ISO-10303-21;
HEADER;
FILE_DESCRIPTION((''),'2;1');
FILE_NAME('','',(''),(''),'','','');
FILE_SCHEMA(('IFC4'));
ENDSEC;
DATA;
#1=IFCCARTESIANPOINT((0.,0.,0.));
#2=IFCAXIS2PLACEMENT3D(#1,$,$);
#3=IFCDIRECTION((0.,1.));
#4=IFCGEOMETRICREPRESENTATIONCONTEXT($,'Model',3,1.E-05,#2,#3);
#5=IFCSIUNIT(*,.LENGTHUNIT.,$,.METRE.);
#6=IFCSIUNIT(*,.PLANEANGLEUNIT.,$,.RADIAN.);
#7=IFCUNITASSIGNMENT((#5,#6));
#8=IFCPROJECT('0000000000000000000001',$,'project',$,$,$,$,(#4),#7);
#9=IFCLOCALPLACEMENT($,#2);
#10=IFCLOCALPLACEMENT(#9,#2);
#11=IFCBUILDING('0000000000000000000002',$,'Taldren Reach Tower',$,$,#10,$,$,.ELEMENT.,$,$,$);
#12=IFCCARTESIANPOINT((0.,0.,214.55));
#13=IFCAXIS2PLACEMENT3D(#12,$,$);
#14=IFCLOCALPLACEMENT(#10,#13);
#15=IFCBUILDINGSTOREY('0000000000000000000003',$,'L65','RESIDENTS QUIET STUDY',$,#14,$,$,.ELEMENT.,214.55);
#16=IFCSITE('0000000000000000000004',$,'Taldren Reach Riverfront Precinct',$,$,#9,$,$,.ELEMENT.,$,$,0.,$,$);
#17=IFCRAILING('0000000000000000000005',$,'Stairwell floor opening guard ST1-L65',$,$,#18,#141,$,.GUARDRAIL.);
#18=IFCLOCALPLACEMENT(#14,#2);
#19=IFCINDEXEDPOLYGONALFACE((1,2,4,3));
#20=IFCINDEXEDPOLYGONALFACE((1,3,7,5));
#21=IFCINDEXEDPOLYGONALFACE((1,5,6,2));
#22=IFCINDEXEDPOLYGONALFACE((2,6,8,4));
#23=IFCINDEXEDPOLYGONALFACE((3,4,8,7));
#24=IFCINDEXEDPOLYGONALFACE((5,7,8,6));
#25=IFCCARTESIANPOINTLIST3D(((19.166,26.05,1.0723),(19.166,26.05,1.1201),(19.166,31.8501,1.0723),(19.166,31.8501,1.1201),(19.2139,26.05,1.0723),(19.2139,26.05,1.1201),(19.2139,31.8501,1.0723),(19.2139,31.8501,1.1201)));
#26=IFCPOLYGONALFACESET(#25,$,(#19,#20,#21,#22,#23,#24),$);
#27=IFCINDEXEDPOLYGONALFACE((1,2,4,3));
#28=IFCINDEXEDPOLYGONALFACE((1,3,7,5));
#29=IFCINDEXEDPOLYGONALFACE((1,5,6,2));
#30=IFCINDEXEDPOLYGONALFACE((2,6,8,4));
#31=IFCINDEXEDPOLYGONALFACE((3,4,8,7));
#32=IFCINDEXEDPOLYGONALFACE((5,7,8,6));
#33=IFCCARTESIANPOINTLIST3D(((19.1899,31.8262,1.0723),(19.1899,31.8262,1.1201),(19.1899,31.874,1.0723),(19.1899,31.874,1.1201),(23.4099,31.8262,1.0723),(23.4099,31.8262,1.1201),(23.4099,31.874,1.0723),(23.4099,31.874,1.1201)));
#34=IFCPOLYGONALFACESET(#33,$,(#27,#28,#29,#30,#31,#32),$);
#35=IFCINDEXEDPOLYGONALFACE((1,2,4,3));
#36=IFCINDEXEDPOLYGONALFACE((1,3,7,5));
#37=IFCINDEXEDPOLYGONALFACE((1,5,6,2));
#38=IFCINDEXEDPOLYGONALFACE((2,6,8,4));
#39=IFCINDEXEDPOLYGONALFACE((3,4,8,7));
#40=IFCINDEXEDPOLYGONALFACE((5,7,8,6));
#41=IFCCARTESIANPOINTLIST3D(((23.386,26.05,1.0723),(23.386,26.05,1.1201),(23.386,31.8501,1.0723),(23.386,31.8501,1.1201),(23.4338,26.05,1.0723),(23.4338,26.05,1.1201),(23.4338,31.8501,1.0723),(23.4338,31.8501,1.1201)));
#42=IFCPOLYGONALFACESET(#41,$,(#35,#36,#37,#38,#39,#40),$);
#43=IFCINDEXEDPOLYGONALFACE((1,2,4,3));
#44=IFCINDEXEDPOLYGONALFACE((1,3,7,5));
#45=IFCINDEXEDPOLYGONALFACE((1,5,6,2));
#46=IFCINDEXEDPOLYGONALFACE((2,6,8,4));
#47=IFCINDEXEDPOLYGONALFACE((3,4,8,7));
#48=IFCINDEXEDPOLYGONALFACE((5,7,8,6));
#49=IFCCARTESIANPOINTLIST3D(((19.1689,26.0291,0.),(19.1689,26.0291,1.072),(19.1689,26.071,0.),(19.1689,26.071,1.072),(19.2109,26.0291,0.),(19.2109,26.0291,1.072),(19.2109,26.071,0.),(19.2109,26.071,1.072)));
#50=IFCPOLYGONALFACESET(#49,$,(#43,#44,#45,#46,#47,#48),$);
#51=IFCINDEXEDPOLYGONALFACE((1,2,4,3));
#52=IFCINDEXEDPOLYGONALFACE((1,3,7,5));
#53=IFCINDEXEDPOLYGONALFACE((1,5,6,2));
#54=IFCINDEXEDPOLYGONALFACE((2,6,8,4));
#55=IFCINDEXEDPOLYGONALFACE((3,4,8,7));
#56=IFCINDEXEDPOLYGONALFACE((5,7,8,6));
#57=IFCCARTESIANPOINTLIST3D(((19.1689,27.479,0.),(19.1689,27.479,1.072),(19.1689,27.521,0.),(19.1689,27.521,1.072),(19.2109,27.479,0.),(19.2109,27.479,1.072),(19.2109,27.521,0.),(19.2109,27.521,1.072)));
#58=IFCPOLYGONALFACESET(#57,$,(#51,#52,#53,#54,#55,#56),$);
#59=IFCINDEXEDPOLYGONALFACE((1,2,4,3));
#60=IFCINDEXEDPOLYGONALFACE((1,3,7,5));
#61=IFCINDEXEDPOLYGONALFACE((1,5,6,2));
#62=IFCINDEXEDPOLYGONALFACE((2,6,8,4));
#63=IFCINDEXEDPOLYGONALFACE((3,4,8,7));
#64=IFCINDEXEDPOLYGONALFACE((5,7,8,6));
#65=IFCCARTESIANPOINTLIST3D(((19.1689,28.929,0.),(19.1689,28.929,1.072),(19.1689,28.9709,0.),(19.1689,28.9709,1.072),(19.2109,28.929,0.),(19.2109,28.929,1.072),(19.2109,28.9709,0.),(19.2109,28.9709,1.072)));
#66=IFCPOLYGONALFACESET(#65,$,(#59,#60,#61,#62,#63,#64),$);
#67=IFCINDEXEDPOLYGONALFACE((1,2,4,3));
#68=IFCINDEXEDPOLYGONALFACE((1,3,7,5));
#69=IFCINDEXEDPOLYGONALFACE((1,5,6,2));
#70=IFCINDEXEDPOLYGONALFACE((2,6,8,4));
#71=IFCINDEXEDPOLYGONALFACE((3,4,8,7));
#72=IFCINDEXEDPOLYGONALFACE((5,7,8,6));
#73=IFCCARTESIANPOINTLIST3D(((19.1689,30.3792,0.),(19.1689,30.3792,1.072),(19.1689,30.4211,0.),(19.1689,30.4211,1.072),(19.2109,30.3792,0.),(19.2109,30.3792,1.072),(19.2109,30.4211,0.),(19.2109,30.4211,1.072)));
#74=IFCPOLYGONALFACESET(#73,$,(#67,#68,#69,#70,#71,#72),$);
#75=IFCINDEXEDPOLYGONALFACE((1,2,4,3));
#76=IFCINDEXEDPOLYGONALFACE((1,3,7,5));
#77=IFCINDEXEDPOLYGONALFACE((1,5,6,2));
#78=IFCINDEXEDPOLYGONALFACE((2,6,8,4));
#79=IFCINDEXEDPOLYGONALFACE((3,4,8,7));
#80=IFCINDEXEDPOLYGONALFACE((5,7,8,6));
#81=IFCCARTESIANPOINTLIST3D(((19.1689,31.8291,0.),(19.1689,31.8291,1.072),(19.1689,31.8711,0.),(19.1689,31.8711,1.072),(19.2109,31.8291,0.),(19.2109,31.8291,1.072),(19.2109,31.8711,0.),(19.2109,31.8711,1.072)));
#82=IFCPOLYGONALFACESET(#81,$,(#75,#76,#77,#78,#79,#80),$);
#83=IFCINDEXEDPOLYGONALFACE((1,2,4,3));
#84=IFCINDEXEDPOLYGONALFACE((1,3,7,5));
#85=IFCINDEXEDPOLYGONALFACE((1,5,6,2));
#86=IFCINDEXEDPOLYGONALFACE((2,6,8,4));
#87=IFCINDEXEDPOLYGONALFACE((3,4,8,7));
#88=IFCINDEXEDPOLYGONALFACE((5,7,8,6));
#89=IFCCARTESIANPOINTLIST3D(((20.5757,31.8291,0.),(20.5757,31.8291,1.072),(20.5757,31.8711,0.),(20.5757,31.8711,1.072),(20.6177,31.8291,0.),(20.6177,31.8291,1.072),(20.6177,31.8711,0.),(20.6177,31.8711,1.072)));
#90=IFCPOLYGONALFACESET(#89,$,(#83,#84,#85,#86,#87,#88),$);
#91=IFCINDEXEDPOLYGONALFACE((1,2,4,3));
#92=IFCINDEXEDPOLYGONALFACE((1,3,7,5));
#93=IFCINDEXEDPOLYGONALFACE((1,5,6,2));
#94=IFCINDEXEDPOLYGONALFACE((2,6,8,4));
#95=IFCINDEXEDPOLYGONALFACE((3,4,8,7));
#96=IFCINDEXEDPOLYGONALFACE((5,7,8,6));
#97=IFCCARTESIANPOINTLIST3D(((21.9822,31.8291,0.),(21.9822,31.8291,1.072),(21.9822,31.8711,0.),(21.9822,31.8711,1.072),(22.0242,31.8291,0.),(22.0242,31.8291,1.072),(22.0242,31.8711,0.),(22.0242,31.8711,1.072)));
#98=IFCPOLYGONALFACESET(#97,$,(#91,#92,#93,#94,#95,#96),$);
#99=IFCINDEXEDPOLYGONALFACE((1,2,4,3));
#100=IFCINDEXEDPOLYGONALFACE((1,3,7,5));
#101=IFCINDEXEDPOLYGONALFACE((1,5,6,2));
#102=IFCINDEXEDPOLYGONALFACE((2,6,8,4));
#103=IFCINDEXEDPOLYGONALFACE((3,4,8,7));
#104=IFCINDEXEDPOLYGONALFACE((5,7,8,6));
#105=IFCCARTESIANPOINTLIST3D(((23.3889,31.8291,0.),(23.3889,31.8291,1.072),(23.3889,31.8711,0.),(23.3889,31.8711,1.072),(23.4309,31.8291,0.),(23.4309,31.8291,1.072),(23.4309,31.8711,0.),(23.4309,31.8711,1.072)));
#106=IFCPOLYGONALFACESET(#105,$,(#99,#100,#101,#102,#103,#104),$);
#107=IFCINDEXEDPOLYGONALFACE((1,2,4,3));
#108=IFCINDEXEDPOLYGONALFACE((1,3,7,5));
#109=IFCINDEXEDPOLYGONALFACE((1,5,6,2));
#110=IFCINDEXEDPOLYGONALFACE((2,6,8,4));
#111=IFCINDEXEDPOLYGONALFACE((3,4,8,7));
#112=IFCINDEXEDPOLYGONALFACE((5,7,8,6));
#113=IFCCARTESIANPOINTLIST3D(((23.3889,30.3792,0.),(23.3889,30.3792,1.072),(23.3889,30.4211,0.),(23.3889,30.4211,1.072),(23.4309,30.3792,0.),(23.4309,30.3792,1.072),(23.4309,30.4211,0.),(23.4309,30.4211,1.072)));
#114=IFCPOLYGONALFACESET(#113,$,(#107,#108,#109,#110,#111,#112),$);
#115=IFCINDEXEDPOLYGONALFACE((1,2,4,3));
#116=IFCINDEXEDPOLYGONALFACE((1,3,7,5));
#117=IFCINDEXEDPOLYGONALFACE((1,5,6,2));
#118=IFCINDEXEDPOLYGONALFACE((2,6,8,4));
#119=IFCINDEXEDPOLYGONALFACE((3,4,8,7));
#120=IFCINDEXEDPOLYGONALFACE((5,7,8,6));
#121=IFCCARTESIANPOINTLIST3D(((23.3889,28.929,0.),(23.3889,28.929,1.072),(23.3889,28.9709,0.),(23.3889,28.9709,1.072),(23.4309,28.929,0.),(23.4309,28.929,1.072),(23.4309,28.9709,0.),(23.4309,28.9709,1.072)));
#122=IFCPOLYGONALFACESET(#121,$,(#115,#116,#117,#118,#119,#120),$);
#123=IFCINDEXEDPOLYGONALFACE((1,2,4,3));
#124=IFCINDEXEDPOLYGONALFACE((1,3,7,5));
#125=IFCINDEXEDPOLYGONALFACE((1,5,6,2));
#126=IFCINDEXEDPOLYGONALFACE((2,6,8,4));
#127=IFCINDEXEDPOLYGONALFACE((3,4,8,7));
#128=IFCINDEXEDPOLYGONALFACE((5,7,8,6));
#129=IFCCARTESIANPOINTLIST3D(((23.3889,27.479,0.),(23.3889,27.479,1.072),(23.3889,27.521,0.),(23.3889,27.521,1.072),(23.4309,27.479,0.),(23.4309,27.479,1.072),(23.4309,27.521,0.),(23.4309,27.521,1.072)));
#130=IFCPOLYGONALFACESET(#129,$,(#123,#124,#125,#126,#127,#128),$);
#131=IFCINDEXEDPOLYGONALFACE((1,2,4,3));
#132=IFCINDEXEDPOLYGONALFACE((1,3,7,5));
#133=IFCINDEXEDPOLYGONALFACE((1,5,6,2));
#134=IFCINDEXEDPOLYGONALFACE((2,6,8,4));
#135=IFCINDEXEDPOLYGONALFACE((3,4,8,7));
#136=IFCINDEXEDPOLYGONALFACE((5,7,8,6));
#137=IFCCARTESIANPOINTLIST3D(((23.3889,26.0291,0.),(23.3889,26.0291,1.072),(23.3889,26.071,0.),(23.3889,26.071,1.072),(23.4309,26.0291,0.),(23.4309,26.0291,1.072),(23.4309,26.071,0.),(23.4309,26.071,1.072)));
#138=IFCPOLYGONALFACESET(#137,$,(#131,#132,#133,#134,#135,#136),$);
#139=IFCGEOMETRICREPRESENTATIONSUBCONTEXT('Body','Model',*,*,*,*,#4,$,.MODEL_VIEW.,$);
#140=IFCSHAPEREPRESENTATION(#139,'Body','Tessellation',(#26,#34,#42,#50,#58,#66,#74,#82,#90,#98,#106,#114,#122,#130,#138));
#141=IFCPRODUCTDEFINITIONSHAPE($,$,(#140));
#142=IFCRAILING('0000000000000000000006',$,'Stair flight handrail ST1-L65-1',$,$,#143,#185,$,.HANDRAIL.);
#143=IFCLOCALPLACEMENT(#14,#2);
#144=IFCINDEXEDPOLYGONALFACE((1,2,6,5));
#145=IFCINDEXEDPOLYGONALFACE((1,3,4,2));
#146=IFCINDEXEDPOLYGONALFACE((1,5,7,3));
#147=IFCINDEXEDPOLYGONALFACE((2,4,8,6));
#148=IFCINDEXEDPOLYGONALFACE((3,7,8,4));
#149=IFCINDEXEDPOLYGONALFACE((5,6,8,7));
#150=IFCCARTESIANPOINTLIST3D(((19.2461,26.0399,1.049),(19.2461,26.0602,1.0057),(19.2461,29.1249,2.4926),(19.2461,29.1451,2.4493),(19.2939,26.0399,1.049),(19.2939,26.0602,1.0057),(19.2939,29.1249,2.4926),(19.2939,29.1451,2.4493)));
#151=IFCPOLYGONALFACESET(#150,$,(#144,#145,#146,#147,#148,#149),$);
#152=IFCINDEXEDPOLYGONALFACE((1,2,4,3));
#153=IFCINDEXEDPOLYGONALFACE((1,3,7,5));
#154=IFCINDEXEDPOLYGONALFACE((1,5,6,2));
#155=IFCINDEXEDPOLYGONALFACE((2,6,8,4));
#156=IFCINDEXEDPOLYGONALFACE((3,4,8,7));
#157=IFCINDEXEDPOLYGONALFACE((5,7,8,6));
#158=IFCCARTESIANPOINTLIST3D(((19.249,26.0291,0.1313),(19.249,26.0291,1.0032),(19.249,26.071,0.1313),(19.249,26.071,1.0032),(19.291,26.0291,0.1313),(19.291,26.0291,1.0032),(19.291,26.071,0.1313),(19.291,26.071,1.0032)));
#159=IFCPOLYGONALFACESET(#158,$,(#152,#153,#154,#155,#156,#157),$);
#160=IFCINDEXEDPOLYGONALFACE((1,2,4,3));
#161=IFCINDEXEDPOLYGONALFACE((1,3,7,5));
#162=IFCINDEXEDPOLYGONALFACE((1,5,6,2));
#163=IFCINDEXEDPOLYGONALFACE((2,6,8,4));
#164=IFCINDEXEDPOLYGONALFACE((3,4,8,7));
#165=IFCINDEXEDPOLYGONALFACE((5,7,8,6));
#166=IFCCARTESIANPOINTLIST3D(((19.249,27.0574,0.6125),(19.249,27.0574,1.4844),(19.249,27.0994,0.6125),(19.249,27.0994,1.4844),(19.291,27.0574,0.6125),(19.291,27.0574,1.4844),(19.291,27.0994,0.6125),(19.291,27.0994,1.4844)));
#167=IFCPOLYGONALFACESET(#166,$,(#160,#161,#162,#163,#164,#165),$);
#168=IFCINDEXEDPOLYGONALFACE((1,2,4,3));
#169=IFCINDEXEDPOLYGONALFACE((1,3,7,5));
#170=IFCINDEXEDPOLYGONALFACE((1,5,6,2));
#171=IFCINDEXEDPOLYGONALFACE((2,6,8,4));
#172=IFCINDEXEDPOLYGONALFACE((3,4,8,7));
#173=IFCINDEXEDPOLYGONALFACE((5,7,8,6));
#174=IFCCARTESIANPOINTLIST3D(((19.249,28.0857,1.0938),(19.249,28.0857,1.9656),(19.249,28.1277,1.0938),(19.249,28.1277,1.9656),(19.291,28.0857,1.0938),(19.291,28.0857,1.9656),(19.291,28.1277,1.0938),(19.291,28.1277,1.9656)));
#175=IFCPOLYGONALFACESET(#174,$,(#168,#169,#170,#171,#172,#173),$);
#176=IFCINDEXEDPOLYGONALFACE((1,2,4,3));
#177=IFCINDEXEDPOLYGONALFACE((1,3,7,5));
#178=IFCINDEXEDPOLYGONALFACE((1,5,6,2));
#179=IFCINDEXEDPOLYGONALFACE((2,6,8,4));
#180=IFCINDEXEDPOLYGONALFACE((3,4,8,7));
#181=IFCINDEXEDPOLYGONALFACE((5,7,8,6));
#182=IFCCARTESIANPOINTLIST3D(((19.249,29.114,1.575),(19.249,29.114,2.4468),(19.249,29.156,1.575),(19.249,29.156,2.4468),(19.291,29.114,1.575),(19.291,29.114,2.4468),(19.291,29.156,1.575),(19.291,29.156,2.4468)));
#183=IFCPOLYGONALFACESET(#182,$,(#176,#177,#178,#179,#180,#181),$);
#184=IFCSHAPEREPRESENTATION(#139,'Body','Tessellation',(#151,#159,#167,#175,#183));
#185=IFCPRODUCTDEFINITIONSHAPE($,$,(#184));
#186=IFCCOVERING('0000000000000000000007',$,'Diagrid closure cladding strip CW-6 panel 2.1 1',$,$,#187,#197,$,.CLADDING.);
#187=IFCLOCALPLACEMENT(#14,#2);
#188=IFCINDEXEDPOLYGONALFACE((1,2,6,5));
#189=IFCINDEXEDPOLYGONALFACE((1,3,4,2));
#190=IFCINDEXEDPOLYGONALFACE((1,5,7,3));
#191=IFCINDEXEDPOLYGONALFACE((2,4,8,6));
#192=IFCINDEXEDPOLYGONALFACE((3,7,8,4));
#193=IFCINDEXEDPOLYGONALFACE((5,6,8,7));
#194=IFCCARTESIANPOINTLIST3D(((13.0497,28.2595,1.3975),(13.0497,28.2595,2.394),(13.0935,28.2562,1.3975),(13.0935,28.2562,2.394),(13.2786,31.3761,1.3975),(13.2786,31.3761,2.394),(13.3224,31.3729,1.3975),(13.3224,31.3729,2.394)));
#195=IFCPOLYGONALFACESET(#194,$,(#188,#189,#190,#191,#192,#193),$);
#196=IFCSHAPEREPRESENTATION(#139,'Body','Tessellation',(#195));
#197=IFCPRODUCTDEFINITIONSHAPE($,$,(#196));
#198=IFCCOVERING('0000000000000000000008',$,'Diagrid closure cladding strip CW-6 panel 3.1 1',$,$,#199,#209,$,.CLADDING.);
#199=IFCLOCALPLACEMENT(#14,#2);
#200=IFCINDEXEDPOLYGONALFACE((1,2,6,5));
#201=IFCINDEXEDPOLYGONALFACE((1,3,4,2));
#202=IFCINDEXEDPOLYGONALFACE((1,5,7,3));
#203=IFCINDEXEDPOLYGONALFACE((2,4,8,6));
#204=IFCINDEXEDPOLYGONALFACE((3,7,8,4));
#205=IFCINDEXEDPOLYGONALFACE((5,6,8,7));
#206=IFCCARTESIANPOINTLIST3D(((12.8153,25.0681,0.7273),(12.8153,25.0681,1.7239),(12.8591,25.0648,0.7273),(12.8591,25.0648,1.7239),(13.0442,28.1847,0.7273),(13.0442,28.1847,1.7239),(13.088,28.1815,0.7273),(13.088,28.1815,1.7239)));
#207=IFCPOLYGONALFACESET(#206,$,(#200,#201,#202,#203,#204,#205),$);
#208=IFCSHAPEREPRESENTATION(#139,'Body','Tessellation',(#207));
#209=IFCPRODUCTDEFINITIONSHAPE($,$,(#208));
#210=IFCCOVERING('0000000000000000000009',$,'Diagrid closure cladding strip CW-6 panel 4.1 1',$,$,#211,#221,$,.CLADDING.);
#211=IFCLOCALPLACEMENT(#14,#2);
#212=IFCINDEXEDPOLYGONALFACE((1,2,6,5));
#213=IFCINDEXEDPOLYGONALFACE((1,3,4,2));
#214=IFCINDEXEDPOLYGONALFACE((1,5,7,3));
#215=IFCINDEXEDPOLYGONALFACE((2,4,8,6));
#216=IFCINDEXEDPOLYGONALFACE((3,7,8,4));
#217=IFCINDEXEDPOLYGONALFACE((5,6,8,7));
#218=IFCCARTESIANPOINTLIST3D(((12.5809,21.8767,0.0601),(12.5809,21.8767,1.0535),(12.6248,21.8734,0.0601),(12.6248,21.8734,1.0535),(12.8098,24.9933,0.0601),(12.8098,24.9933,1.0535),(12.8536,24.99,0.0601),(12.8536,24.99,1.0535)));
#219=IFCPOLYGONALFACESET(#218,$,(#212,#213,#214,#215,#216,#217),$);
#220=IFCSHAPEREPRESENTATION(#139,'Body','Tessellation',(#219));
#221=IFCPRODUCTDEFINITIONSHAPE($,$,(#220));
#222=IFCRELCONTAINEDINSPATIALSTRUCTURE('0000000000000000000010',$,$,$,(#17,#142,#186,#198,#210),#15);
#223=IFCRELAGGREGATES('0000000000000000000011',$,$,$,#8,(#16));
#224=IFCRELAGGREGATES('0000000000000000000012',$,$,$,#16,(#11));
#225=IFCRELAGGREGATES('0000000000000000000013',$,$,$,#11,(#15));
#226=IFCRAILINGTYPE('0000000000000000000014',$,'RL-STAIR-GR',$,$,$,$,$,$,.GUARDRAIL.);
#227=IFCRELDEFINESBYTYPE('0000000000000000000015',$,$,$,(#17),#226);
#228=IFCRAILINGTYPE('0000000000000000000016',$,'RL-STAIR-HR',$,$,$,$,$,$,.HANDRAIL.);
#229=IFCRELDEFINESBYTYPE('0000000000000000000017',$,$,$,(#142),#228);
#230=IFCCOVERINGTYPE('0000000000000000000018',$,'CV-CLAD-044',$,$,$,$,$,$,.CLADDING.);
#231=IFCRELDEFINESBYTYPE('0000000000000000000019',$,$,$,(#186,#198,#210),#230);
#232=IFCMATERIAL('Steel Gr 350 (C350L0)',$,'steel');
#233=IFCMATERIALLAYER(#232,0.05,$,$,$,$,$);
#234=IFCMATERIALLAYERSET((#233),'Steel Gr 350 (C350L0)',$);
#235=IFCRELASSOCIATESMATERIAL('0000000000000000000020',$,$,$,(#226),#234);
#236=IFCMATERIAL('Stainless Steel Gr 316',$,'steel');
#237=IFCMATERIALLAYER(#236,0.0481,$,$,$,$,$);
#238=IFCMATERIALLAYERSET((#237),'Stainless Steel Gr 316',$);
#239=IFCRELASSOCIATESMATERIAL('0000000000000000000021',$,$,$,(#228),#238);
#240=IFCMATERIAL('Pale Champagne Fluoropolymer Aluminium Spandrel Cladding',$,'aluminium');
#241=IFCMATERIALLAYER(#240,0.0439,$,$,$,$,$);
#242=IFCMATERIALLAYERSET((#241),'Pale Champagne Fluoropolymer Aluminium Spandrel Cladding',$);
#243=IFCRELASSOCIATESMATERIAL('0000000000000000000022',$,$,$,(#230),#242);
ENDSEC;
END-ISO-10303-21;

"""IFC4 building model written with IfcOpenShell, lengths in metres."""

from ifc_helpers import new_model, si_unit, direction, frame, origin, origin_2d, place, context, subcontext, project, spatial, rectangle, extrude, source, transform, mapped, material, layer, layer_set, type_object, element, save


model = new_model("IFC4")

# Units and contexts
model_context = context("Model", 3, precision=1e-05, world=origin(), true_north=direction((0.0, 1.0)))
body_context = subcontext(model_context, "Body", "Model", "MODEL_VIEW")
ifc_project = project(units=[si_unit("LENGTHUNIT", "METRE"), si_unit("PLANEANGLEUNIT", "RADIAN")], contexts=[model_context])

# Site, building, storey
site_placement = place(None, origin())
site = spatial("IfcSite", under=ifc_project, at=site_placement, Name="Taldren Reach Riverfront Precinct", CompositionType="ELEMENT", RefElevation=0.0)
building_placement = place(site_placement, origin())
building = spatial("IfcBuilding", under=site, at=building_placement, Name="Taldren Reach Tower", CompositionType="ELEMENT")
storey_placement = place(building_placement, frame((0.0, 0.0, 214.55)))
storey = spatial("IfcBuildingStorey", under=building, at=storey_placement, Name="L65", Description="RESIDENTS QUIET STUDY", CompositionType="ELEMENT", Elevation=214.55)

# Shared definitions
ifc_material_1 = material(Name="Steel Gr 350 (C350L0)", Category="steel")

# Railings
ifc_layer_1 = layer(ifc_material_1, 0.05)
ifc_layer_set_1 = layer_set([ifc_layer_1], Name="Steel Gr 350 (C350L0)")
railing_type_1 = type_object("IfcRailingType", Name="RL-STAIR-GR", PredefinedType="GUARDRAIL", material=ifc_layer_set_1)
railing_1_placement = place(storey_placement, frame((19.1899, 26.05, 0.0)))
element("IfcRailing", 1, at=railing_1_placement, inside=storey, type_object=railing_type_1, Name="Stairwell floor opening guard ST1-L65", PredefinedType="GUARDRAIL", context=body_context, shape_type="SweptSolid", body=[
    extrude(rectangle(XDim=0.0479, YDim=0.0479, at=origin_2d()), frame((0.0, 0.0, 1.0962), z_axis=(0.0, 1.0, 0.0), x_axis=(-1.0, 0.0, 0.0)), (0.0, 0.0, 1.0), 5.8),
    extrude(rectangle(XDim=0.0479, YDim=0.0479, at=origin_2d()), frame((0.0, 5.8, 1.0962), z_axis=(1.0, 0.0, 0.0), x_axis=(0.0, 1.0, 0.0)), (0.0, 0.0, 1.0), 4.22),
    extrude(rectangle(XDim=0.0479, YDim=0.0479, at=origin_2d()), frame((4.22, 5.8, 1.0962), z_axis=(0.0, -1.0, 0.0), x_axis=(1.0, 0.0, 0.0)), (0.0, 0.0, 1.0), 5.8),
    extrude(rectangle(XDim=0.042, YDim=0.042, at=origin_2d()), origin(), (0.0, 0.0, 1.0), 1.072),
    extrude(rectangle(XDim=0.042, YDim=0.042, at=origin_2d()), frame((0.0, 1.45, 0.0)), (0.0, 0.0, 1.0), 1.072),
    extrude(rectangle(XDim=0.042, YDim=0.042, at=origin_2d()), frame((0.0, 2.8999, 0.0)), (0.0, 0.0, 1.0), 1.072),
    extrude(rectangle(XDim=0.042, YDim=0.042, at=origin_2d()), frame((0.0, 4.3501, 0.0)), (0.0, 0.0, 1.0), 1.072),
    extrude(rectangle(XDim=0.042, YDim=0.042, at=origin_2d()), frame((0.0, 5.8, 0.0)), (0.0, 0.0, 1.0), 1.072),
    extrude(rectangle(XDim=0.042, YDim=0.042, at=origin_2d()), frame((1.4067, 5.8, 0.0)), (0.0, 0.0, 1.0), 1.072),
    extrude(rectangle(XDim=0.042, YDim=0.042, at=origin_2d()), frame((2.8132, 5.8, 0.0)), (0.0, 0.0, 1.0), 1.072),
    extrude(rectangle(XDim=0.042, YDim=0.042, at=origin_2d()), frame((4.22, 5.8, 0.0)), (0.0, 0.0, 1.0), 1.072),
    extrude(rectangle(XDim=0.042, YDim=0.042, at=origin_2d()), frame((4.22, 4.3501, 0.0)), (0.0, 0.0, 1.0), 1.072),
    extrude(rectangle(XDim=0.042, YDim=0.042, at=origin_2d()), frame((4.22, 2.8999, 0.0)), (0.0, 0.0, 1.0), 1.072),
    extrude(rectangle(XDim=0.042, YDim=0.042, at=origin_2d()), frame((4.22, 1.45, 0.0)), (0.0, 0.0, 1.0), 1.072),
    extrude(rectangle(XDim=0.042, YDim=0.042, at=origin_2d()), frame((4.22, 0.0, 0.0)), (0.0, 0.0, 1.0), 1.072),
])
ifc_material_2 = material(Name="Stainless Steel Gr 316", Category="steel")
ifc_layer_2 = layer(ifc_material_2, 0.0481)
ifc_layer_set_2 = layer_set([ifc_layer_2], Name="Stainless Steel Gr 316")
railing_type_2 = type_object("IfcRailingType", Name="RL-STAIR-HR", PredefinedType="HANDRAIL", material=ifc_layer_set_2)
railing_2_placement = place(storey_placement, frame((19.27, 26.05, 0.1313)))
element("IfcRailing", 2, at=railing_2_placement, inside=storey, type_object=railing_type_2, Name="Stair flight handrail ST1-L65-1", PredefinedType="HANDRAIL", context=body_context, shape_type="SweptSolid", body=[
    extrude(rectangle(XDim=0.0479, YDim=0.0479, at=origin_2d()), frame((0.0, 0.0, 0.896), z_axis=(0.0, 0.905738, 0.423839), x_axis=(-1.0, 0.0, 0.0)), (0.0, 0.0, 1.0), 3.406),
    extrude(rectangle(XDim=0.042, YDim=0.042, at=origin_2d()), origin(), (0.0, 0.0, 1.0), 0.8718),
    extrude(rectangle(XDim=0.042, YDim=0.042, at=origin_2d()), frame((0.0, 1.0283, 0.4812)), (0.0, 0.0, 1.0), 0.8718),
    extrude(rectangle(XDim=0.042, YDim=0.042, at=origin_2d()), frame((0.0, 2.0566, 0.9624)), (0.0, 0.0, 1.0), 0.8718),
    extrude(rectangle(XDim=0.042, YDim=0.042, at=origin_2d()), frame((0.0, 3.085, 1.4436)), (0.0, 0.0, 1.0), 0.8718),
])

# Coverings
ifc_material_3 = material(Name="Pale Champagne Fluoropolymer Aluminium Spandrel Cladding", Category="aluminium")
ifc_layer_3 = layer(ifc_material_3, 0.0439)
ifc_layer_set_3 = layer_set([ifc_layer_3], Name="Pale Champagne Fluoropolymer Aluminium Spandrel Cladding")
covering_type = type_object("IfcCoveringType", Name="CV-CLAD-044", PredefinedType="CLADDING", material=ifc_layer_set_3)
shared_shape_1 = source(origin(), body_context, "Body", "SweptSolid", [
    extrude(rectangle(XDim=3.125, YDim=0.0439, at=origin_2d()), origin(), (0.0, 0.0, 1.0), 0.9966),
])
for number, where, z_axis, x_axis, name in (
    (3, (13.186, 29.8162, 1.3975), (0.0, 0.0, 1.0), (-0.073238, -0.997314, 0.0), "Diagrid closure cladding strip CW-6 panel 2.1 1"),
    (4, (12.9517, 26.6248, 0.7273), (0.0, 0.0, 1.0), (-0.073238, -0.997314, 0.0), "Diagrid closure cladding strip CW-6 panel 3.1 1"),
):
    element("IfcCovering", number, at=place(storey_placement, frame(where, z_axis=z_axis, x_axis=x_axis)), inside=storey, type_object=covering_type, Name=name, PredefinedType="CLADDING", context=body_context, shape_type="MappedRepresentation", body=[
        mapped(shared_shape_1, transform((0.0, 0.0, 0.0), scale=1.0)),
    ])
shared_shape_2 = source(origin(), body_context, "Body", "SweptSolid", [
    extrude(rectangle(XDim=3.125, YDim=0.0439, at=origin_2d()), origin(), (0.0, 0.0, 1.0), 0.9934),
])
covering_placement = place(storey_placement, frame((12.7173, 23.4333, 0.0601), z_axis=(0.0, 0.0, 1.0), x_axis=(-0.073238, -0.997314, 0.0)))
element("IfcCovering", 5, at=covering_placement, inside=storey, type_object=covering_type, Name="Diagrid closure cladding strip CW-6 panel 4.1 1", PredefinedType="CLADDING", context=body_context, shape_type="MappedRepresentation", body=[
    mapped(shared_shape_2, transform((0.0, 0.0, 0.0), scale=1.0)),
])

save(model, "model.ifc")
